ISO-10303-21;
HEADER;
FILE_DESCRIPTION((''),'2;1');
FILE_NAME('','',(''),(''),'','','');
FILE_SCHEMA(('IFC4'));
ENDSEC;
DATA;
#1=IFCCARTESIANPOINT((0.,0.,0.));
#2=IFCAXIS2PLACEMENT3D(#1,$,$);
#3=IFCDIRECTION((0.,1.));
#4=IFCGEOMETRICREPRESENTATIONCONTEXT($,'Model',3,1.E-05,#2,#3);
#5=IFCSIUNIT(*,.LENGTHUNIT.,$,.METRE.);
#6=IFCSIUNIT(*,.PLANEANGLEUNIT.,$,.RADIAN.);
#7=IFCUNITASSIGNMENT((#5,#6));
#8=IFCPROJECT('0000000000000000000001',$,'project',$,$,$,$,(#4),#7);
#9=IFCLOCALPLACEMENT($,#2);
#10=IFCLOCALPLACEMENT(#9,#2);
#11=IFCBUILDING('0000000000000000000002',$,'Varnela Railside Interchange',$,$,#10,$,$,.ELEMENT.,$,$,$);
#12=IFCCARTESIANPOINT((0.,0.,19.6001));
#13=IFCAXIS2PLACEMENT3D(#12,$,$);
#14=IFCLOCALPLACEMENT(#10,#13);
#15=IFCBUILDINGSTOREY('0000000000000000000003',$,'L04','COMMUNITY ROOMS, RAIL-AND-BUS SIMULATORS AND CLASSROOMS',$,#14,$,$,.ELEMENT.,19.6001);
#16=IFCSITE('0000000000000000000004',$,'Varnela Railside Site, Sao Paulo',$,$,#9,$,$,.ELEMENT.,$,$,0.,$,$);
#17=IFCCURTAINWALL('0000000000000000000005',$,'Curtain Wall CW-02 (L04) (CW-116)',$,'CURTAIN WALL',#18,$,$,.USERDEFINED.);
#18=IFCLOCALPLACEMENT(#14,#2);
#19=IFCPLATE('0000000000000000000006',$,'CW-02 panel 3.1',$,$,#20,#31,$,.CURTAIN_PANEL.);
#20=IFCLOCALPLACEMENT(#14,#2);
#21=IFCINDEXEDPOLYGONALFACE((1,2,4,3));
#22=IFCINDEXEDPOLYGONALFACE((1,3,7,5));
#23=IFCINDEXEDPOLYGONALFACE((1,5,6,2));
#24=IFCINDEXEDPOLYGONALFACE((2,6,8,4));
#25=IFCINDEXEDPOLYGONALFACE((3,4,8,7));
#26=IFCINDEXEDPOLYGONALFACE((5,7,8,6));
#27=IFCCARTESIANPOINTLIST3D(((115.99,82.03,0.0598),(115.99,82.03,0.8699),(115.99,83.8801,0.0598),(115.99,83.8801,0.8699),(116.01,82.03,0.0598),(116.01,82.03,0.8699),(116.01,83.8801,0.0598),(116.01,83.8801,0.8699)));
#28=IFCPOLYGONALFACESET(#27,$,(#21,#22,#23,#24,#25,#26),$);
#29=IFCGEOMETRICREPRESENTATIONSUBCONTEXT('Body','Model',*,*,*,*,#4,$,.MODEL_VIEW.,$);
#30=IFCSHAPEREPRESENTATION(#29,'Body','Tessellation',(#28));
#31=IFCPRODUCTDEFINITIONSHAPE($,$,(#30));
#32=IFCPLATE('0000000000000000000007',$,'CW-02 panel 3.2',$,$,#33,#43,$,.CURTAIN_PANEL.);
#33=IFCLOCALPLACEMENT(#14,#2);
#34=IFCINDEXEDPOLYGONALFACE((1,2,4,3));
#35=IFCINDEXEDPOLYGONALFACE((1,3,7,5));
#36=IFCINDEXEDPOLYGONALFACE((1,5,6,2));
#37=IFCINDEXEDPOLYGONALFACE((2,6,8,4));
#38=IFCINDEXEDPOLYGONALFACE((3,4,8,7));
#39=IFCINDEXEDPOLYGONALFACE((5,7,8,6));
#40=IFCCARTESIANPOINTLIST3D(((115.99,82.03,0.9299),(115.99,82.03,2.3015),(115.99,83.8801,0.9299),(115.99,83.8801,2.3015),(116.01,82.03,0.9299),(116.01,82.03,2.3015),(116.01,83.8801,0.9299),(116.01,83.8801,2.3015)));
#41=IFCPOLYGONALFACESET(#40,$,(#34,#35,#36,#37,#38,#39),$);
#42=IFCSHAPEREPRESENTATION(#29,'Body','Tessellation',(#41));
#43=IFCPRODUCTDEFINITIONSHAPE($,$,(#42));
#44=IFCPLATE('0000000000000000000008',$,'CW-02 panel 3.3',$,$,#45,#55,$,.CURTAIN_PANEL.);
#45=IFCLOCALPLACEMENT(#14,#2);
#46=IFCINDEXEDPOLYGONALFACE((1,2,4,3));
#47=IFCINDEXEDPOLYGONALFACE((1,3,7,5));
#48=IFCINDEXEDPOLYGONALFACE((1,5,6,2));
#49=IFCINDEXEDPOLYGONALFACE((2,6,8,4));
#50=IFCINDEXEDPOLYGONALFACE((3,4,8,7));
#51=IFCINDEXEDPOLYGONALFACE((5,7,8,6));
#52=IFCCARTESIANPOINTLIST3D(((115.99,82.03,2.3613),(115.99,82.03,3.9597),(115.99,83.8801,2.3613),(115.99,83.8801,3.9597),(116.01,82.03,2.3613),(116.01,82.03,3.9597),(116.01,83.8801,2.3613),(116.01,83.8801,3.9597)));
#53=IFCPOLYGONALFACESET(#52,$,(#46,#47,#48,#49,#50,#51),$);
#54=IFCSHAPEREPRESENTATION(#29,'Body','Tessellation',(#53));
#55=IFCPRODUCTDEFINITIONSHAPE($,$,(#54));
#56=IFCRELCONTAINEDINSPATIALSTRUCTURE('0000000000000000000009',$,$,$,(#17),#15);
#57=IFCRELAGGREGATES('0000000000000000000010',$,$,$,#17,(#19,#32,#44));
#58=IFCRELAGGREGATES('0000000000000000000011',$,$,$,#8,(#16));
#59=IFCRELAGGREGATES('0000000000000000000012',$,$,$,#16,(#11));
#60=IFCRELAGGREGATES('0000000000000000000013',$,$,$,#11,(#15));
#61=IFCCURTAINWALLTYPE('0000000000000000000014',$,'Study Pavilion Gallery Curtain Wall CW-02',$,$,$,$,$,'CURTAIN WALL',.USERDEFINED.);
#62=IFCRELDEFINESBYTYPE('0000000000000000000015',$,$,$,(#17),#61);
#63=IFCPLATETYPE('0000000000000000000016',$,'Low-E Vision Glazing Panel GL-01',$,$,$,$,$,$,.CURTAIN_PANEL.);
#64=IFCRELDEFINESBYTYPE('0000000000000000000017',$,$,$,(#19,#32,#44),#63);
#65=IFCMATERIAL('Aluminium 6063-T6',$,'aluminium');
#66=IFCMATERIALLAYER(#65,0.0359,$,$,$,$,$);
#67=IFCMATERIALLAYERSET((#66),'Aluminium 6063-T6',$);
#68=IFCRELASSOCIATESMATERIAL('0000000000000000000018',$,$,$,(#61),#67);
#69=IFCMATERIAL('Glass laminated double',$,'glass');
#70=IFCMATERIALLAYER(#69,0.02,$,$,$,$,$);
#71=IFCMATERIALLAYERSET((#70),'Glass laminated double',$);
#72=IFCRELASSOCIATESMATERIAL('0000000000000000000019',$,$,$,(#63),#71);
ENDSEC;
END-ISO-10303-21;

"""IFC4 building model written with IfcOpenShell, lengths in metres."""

from ifc_helpers import new_model, si_unit, direction, frame, origin, origin_2d, place, context, subcontext, project, spatial, rectangle, extrude, material, layer, layer_set, type_object, element, aggregate, save


model = new_model("IFC4")

# Units and contexts
model_context = context("Model", 3, precision=1e-05, world=origin(), true_north=direction((0.0, 1.0)))
body_context = subcontext(model_context, "Body", "Model", "MODEL_VIEW")
ifc_project = project(units=[si_unit("LENGTHUNIT", "METRE"), si_unit("PLANEANGLEUNIT", "RADIAN")], contexts=[model_context])

# Site, building, storey
site_placement = place(None, origin())
site = spatial("IfcSite", under=ifc_project, at=site_placement, Name="Varnela Railside Site, Sao Paulo", CompositionType="ELEMENT", RefElevation=0.0)
building_placement = place(site_placement, origin())
building = spatial("IfcBuilding", under=site, at=building_placement, Name="Varnela Railside Interchange", CompositionType="ELEMENT")
storey_placement = place(building_placement, frame((0.0, 0.0, 19.6001)))
storey = spatial("IfcBuildingStorey", under=building, at=storey_placement, Name="L04", Description="COMMUNITY ROOMS, RAIL-AND-BUS SIMULATORS AND CLASSROOMS", CompositionType="ELEMENT", Elevation=19.6001)

# Curtain wall, plates
ifc_material_1 = material(Name="Aluminium 6063-T6", Category="aluminium")
ifc_layer_1 = layer(ifc_material_1, 0.0359)
ifc_layer_set_1 = layer_set([ifc_layer_1], Name="Aluminium 6063-T6")
curtain_wall_type = type_object("IfcCurtainWallType", Name="Study Pavilion Gallery Curtain Wall CW-02", ElementType="CURTAIN WALL", PredefinedType="USERDEFINED", material=ifc_layer_set_1)
curtain_wall_placement = place(storey_placement, origin())
curtain_wall = element("IfcCurtainWall", 1, at=curtain_wall_placement, inside=storey, type_object=curtain_wall_type, Name="Curtain Wall CW-02 (L04) (CW-116)", ObjectType="CURTAIN WALL", PredefinedType="USERDEFINED")
ifc_material_2 = material(Name="Glass laminated double", Category="glass")
ifc_layer_2 = layer(ifc_material_2, 0.02)
ifc_layer_set_2 = layer_set([ifc_layer_2], Name="Glass laminated double")
plate_type = type_object("IfcPlateType", Name="Low-E Vision Glazing Panel GL-01", PredefinedType="CURTAIN_PANEL", material=ifc_layer_set_2)
plate_1_placement = place(storey_placement, frame((116.0, 82.9551, 0.0598), z_axis=(0.0, 0.0, 1.0), x_axis=(0.0, 1.0, 0.0)))
plate_1 = element("IfcPlate", 2, at=plate_1_placement, type_object=plate_type, Name="CW-02 panel 3.1", PredefinedType="CURTAIN_PANEL", context=body_context, shape_type="SweptSolid", body=[
    extrude(rectangle(XDim=1.8501, YDim=0.02, at=origin_2d()), origin(), (0.0, 0.0, 1.0), 0.8101),
])
plate_2_placement = place(storey_placement, frame((116.0, 82.9551, 0.9299), z_axis=(0.0, 0.0, 1.0), x_axis=(0.0, 1.0, 0.0)))
plate_2 = element("IfcPlate", 3, at=plate_2_placement, type_object=plate_type, Name="CW-02 panel 3.2", PredefinedType="CURTAIN_PANEL", context=body_context, shape_type="SweptSolid", body=[
    extrude(rectangle(XDim=1.8501, YDim=0.02, at=origin_2d()), origin(), (0.0, 0.0, 1.0), 1.3716),
])
plate_3_placement = place(storey_placement, frame((116.0, 82.9551, 2.3613), z_axis=(0.0, 0.0, 1.0), x_axis=(0.0, 1.0, 0.0)))
plate_3 = element("IfcPlate", 4, at=plate_3_placement, type_object=plate_type, Name="CW-02 panel 3.3", PredefinedType="CURTAIN_PANEL", context=body_context, shape_type="SweptSolid", body=[
    extrude(rectangle(XDim=1.8501, YDim=0.02, at=origin_2d()), origin(), (0.0, 0.0, 1.0), 1.5984),
])
aggregate(curtain_wall, [plate_1, plate_2, plate_3])

save(model, "model.ifc")
